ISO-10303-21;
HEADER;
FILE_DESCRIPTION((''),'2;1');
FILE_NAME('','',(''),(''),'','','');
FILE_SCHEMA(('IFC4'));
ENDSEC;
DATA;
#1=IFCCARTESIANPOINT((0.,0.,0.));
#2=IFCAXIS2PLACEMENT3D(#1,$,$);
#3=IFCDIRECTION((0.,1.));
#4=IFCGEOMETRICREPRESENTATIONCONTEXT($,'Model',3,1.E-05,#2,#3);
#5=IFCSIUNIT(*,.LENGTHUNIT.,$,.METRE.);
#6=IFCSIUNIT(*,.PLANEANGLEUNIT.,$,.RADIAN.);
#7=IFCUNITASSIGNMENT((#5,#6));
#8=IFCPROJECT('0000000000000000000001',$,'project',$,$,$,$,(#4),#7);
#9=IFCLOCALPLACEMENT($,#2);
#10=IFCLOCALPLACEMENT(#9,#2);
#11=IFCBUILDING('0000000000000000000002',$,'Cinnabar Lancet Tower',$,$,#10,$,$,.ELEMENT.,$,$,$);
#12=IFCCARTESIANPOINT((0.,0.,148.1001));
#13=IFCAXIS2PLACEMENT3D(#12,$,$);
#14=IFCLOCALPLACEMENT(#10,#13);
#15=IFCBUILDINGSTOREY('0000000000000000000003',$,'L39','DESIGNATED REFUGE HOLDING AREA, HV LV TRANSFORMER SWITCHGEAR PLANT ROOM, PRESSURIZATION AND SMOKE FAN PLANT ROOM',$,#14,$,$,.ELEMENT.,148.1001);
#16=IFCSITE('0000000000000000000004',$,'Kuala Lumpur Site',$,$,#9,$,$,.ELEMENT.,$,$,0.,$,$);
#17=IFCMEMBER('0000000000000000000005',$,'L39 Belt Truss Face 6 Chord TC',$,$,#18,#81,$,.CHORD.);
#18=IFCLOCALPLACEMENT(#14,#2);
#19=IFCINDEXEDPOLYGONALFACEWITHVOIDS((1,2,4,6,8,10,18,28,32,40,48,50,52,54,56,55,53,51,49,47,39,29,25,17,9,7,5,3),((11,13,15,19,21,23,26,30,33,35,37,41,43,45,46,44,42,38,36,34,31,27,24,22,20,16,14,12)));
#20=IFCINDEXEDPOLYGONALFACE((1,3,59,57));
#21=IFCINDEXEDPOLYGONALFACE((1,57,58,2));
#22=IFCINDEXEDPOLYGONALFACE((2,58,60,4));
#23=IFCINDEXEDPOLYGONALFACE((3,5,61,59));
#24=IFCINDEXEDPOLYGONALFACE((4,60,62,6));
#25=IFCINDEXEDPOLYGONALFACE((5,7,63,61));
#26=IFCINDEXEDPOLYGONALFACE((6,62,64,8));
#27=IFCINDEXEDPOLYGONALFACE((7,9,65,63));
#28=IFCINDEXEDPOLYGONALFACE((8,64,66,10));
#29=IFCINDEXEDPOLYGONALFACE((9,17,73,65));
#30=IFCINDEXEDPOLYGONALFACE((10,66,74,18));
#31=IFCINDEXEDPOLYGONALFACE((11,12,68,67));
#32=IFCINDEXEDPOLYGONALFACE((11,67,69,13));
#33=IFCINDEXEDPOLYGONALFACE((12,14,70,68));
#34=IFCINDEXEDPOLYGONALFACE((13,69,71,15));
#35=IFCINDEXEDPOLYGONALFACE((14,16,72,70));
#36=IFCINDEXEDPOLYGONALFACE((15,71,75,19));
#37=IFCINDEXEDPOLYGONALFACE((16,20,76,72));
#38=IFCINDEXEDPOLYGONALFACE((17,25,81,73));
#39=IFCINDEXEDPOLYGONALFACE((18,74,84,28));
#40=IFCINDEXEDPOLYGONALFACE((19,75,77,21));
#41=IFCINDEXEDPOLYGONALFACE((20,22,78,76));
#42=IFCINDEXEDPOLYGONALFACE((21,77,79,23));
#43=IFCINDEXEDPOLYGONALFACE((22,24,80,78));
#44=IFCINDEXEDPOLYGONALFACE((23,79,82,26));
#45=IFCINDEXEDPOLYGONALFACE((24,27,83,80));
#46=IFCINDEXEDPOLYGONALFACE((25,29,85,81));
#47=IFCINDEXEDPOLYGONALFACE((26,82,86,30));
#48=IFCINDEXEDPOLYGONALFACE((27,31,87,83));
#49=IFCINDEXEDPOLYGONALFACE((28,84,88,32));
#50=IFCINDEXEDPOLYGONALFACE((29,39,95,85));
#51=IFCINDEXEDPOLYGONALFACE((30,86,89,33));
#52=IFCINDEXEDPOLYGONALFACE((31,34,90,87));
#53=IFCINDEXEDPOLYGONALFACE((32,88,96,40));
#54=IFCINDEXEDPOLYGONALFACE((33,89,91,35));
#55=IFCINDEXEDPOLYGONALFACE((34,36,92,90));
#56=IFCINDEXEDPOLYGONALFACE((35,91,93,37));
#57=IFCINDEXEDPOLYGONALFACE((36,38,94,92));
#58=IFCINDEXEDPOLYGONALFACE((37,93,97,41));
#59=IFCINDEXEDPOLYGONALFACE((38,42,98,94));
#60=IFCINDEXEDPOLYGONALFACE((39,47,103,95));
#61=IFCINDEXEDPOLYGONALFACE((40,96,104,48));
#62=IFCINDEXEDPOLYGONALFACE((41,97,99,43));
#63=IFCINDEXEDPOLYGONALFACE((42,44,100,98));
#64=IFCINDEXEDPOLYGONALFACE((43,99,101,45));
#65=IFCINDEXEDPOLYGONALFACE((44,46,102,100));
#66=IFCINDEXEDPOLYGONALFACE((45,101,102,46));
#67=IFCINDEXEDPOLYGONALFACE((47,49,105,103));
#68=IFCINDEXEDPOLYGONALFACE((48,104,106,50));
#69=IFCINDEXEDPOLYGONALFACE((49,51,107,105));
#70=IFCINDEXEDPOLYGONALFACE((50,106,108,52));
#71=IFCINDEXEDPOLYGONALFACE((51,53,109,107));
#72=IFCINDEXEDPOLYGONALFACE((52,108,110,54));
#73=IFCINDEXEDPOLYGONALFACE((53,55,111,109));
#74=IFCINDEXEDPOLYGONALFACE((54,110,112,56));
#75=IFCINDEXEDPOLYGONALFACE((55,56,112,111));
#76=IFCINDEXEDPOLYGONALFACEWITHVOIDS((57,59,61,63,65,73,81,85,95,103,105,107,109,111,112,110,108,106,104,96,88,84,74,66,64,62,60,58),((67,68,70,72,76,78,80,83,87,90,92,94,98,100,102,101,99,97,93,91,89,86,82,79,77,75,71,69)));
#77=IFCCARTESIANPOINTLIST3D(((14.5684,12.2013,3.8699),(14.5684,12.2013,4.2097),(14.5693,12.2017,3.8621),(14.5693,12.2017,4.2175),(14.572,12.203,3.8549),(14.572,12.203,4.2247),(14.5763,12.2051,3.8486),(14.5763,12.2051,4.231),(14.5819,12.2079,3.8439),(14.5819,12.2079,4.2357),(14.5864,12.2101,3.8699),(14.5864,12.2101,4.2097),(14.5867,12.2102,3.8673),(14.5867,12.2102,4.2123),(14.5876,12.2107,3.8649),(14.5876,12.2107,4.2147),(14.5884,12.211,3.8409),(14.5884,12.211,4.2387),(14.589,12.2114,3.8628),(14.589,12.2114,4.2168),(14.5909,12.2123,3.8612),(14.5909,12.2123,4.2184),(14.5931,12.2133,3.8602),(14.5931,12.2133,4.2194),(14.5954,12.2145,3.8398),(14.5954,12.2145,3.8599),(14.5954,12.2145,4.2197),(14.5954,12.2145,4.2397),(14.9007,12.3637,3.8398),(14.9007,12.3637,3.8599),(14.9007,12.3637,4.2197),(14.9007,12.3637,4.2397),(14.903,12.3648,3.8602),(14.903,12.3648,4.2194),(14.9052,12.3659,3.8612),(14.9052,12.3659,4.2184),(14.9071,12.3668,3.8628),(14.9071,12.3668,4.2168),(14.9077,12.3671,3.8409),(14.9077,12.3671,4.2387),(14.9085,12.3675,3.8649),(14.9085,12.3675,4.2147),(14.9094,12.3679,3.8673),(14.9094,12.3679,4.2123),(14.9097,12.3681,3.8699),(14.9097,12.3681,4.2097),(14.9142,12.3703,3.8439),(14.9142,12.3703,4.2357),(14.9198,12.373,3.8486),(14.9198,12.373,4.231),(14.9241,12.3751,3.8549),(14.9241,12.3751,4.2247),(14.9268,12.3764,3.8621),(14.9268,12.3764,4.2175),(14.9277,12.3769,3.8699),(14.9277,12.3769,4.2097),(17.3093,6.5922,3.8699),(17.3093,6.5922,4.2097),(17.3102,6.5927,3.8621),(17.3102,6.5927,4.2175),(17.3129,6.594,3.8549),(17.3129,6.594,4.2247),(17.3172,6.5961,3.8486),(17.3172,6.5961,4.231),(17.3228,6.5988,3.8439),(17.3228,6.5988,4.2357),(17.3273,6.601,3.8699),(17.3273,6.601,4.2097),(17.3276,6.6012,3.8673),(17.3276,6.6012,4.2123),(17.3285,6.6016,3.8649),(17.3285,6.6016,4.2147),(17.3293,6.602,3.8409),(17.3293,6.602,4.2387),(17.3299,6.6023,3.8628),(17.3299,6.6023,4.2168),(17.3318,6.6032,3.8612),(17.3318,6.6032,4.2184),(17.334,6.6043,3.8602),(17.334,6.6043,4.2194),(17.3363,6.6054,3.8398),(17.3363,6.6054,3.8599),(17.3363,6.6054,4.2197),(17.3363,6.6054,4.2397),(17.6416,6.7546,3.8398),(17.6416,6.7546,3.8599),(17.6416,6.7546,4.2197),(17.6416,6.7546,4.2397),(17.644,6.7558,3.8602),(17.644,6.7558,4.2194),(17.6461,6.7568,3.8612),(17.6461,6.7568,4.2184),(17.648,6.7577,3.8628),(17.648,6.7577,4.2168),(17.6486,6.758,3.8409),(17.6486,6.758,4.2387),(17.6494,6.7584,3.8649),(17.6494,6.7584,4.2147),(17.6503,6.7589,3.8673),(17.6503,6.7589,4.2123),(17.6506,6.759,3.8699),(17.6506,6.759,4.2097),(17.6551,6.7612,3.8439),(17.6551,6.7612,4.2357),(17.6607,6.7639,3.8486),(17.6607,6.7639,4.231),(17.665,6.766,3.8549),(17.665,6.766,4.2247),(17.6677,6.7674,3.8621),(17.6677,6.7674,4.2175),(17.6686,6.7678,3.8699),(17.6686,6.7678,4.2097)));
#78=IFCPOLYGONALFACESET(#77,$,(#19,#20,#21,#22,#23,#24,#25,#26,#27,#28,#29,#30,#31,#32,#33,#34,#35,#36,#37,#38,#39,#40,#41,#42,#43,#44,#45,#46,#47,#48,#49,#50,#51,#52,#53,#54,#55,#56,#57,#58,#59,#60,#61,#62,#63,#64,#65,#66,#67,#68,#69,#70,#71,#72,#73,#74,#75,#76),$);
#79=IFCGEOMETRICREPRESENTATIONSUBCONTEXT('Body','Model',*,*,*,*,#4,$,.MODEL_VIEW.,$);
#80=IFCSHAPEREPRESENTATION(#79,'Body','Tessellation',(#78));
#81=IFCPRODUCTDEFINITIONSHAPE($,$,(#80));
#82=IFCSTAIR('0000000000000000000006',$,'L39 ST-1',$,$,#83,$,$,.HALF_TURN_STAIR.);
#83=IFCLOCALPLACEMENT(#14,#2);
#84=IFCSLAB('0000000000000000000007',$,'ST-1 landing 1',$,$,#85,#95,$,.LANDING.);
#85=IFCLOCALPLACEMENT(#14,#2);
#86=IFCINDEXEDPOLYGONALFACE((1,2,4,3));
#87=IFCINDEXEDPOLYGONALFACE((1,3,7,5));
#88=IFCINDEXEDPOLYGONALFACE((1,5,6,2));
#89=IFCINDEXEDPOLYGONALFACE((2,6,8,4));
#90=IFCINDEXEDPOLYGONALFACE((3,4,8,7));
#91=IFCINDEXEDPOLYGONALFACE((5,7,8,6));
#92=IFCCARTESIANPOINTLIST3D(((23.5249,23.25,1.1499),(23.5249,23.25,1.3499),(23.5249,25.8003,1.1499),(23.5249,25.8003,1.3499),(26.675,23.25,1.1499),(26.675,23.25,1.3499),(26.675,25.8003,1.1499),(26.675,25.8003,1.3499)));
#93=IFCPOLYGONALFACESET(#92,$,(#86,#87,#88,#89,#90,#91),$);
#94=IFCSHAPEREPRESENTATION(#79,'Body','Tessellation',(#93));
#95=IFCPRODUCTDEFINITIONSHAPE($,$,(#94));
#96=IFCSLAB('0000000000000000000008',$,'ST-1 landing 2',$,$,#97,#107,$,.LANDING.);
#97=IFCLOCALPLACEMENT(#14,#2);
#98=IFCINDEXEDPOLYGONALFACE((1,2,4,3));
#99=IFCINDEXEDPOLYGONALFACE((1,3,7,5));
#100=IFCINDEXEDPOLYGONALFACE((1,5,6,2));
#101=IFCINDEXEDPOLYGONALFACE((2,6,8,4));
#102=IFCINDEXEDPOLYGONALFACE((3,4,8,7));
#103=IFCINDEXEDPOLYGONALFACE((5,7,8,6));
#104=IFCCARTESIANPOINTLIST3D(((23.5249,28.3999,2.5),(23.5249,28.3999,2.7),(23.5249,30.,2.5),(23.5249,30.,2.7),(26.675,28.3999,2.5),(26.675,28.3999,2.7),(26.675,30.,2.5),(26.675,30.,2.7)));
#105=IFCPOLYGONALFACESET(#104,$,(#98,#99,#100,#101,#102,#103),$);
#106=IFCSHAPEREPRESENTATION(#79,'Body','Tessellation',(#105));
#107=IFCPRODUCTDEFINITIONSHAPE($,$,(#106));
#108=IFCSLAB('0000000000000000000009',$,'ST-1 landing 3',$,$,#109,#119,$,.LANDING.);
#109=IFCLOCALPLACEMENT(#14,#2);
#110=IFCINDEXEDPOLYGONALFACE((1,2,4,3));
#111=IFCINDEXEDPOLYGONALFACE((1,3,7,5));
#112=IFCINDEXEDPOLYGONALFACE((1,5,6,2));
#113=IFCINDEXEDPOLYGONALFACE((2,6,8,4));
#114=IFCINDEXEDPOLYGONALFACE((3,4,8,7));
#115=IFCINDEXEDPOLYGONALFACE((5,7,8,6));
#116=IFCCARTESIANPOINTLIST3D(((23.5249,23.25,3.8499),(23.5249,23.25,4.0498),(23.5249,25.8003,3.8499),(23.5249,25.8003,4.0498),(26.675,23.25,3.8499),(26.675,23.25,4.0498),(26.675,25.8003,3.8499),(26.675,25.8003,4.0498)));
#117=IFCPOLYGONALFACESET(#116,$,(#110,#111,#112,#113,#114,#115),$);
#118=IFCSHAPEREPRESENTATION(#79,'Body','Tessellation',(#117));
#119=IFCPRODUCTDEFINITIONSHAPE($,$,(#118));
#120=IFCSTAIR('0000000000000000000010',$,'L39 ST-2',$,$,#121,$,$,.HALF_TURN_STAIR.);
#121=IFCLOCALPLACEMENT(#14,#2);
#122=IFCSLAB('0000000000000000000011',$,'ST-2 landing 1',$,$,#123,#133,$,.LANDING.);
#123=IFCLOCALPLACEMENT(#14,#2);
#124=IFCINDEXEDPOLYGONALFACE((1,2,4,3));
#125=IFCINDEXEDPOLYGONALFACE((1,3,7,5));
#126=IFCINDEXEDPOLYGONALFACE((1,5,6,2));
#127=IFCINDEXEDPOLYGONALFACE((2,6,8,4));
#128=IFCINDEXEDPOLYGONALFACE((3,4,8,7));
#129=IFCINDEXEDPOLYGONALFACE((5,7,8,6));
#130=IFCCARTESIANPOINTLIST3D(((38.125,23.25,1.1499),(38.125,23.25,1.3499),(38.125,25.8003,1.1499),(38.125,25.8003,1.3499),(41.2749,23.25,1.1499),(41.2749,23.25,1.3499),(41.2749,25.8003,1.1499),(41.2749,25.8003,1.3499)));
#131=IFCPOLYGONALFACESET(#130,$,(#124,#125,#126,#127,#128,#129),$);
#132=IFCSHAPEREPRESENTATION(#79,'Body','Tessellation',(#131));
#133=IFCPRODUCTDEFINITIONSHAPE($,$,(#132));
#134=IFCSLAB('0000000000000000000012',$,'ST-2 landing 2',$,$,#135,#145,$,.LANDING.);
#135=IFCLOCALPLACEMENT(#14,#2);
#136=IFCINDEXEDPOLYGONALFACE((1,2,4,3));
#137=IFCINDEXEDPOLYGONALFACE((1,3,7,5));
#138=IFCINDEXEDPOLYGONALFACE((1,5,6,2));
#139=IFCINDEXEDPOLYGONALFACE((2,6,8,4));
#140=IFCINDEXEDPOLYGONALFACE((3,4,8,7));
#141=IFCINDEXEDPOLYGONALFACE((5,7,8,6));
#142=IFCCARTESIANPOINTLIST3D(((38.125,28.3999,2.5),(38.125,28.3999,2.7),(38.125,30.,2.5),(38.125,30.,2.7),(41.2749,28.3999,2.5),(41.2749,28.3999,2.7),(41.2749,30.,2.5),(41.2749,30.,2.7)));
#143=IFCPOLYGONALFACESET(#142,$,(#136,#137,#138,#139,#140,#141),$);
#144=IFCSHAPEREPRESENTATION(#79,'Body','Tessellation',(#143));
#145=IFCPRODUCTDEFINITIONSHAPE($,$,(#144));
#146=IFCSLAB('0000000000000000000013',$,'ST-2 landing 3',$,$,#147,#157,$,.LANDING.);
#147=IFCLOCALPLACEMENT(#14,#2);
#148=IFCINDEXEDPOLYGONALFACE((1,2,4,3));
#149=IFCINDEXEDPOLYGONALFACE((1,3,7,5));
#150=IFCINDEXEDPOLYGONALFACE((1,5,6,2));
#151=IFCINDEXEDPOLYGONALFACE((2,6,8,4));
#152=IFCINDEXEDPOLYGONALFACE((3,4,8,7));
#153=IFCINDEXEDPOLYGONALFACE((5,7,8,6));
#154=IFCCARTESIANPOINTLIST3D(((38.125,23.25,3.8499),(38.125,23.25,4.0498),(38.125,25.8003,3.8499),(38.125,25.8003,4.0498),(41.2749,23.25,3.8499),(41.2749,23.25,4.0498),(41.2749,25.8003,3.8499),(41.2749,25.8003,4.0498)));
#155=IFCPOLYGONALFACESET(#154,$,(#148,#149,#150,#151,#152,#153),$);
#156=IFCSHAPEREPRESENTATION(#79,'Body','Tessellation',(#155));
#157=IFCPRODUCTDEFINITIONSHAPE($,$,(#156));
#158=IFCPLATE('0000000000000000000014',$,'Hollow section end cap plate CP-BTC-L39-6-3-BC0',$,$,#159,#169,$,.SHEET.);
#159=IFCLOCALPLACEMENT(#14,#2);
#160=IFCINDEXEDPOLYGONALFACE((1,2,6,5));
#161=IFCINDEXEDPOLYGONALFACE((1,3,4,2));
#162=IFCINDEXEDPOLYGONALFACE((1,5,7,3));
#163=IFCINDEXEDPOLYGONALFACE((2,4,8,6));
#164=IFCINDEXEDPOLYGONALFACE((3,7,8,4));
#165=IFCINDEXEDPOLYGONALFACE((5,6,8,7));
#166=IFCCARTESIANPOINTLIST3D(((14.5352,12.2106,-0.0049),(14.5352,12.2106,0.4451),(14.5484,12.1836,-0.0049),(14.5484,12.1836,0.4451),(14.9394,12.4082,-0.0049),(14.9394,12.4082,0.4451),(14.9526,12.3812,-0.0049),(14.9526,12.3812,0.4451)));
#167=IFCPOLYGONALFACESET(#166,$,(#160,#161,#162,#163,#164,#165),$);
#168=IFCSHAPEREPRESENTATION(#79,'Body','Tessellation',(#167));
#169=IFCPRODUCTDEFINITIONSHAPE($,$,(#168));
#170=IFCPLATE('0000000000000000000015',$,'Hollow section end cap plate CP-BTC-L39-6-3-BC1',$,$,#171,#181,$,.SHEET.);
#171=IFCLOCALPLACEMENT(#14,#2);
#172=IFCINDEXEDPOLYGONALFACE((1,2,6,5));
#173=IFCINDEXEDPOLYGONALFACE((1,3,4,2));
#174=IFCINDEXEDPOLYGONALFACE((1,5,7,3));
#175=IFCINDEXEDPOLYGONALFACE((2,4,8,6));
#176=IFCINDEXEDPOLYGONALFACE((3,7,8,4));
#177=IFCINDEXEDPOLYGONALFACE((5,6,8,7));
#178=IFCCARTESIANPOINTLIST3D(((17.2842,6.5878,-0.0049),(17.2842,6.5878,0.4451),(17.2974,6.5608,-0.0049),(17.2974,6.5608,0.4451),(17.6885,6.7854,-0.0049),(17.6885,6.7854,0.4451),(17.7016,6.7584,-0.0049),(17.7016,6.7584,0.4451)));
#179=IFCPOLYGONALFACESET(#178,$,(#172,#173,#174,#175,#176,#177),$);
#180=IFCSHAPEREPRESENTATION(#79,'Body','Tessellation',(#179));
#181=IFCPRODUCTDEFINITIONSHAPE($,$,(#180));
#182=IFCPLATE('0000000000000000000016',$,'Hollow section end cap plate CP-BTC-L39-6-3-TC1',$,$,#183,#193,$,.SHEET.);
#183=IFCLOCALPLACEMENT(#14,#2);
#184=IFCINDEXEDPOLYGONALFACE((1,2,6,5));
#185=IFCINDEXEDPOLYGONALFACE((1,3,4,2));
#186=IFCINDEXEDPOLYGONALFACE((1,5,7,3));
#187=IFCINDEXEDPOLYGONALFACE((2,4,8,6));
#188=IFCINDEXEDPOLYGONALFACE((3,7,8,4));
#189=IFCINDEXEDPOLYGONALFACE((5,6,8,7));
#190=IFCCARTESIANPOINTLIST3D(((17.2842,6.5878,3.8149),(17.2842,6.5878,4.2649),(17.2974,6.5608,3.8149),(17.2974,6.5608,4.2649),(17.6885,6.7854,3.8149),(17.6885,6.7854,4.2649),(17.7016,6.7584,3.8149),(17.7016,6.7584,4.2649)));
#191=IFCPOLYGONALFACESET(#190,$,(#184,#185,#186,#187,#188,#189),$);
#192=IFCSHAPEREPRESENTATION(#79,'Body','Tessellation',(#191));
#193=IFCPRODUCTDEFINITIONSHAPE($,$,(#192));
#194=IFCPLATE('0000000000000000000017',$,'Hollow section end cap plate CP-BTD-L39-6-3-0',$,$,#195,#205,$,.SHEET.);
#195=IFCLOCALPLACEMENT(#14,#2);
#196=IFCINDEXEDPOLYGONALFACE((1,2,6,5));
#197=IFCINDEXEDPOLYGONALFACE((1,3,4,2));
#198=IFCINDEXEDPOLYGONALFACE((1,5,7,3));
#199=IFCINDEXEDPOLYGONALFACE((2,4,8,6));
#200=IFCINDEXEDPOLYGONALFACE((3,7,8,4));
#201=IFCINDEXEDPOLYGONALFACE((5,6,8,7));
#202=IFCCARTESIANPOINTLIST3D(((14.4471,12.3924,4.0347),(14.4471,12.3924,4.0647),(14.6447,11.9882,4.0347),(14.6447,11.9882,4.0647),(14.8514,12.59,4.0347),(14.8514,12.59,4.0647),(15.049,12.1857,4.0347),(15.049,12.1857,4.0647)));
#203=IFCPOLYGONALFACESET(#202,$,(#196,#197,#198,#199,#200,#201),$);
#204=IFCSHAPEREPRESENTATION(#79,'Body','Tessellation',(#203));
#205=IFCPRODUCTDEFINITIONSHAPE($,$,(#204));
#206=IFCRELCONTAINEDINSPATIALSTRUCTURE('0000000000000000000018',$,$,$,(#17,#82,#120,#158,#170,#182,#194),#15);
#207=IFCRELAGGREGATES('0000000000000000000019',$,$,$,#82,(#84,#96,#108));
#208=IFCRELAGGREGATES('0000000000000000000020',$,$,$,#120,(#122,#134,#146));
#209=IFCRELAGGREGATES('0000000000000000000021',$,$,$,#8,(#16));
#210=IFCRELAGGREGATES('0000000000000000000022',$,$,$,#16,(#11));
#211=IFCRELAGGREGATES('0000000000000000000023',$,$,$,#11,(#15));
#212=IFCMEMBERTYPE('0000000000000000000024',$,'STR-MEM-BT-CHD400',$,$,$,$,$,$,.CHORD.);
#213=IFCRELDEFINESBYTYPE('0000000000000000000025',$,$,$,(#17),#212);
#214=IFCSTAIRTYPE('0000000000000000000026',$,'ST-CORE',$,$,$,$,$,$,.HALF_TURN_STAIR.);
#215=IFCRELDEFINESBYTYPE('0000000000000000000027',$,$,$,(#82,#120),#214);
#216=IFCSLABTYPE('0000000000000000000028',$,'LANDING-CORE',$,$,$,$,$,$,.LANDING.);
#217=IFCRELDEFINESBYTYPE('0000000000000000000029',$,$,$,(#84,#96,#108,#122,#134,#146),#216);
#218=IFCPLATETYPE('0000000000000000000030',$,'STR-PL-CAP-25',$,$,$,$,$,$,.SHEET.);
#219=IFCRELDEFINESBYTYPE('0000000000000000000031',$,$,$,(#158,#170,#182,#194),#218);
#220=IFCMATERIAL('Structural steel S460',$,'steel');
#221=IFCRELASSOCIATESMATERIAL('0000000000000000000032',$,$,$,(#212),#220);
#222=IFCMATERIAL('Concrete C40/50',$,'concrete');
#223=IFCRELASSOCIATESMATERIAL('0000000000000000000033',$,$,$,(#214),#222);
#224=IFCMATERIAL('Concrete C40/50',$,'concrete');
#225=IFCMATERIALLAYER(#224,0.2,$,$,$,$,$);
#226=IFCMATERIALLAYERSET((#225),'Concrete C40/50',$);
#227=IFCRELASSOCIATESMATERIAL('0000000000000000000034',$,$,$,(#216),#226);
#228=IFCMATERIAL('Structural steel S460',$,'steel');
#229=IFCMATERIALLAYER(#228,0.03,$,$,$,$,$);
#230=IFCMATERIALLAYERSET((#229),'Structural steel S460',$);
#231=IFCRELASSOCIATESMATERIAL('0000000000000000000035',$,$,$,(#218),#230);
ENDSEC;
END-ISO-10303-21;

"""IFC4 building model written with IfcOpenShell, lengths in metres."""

from ifc_helpers import new_model, si_unit, direction, frame, origin, origin_2d, place, context, subcontext, project, spatial, polyline, rectangle, hollow_rectangle, outline, extrude, material, layer, layer_set, material_profile, profile_set, type_object, element, aggregate, save


model = new_model("IFC4")

# Units and contexts
model_context = context("Model", 3, precision=1e-05, world=origin(), true_north=direction((0.0, 1.0)))
body_context = subcontext(model_context, "Body", "Model", "MODEL_VIEW")
ifc_project = project(units=[si_unit("LENGTHUNIT", "METRE"), si_unit("PLANEANGLEUNIT", "RADIAN")], contexts=[model_context])

# Site, building, storey
site_placement = place(None, origin())
site = spatial("IfcSite", under=ifc_project, at=site_placement, Name="Kuala Lumpur Site", CompositionType="ELEMENT", RefElevation=0.0)
building_placement = place(site_placement, origin())
building = spatial("IfcBuilding", under=site, at=building_placement, Name="Cinnabar Lancet Tower", CompositionType="ELEMENT")
storey_placement = place(building_placement, frame((0.0, 0.0, 148.1001)))
storey = spatial("IfcBuildingStorey", under=building, at=storey_placement, Name="L39", Description="DESIGNATED REFUGE HOLDING AREA, HV LV TRANSFORMER SWITCHGEAR PLANT ROOM, PRESSURIZATION AND SMOKE FAN PLANT ROOM", CompositionType="ELEMENT", Elevation=148.1001)

# Member
ifc_material_1 = material(Name="Structural steel S460", Category="steel")
ifc_material_profile_1 = material_profile(ifc_material_1, hollow_rectangle(XDim=0.3999, YDim=0.3999, WallThickness=0.02, InnerFilletRadius=0.01, OuterFilletRadius=0.03, at=origin_2d()), Name="SHS 400x400x20")
ifc_profile_set_1 = profile_set([ifc_material_profile_1], Name="Structural steel S460")
member_type_1 = type_object("IfcMemberType", Name="STR-MEM-BT-CHD400", PredefinedType="CHORD", material=ifc_profile_set_1)
for number, where, z_axis, x_axis, name in (
    (1, (14.748, 12.2891, 4.0398), (0.439045, -0.898465, 0.0), (0.898465, 0.439045, 0.0), "L39 Belt Truss Face 6 Chord TC"),
):
    element("IfcMember", number, at=place(storey_placement, frame(where, z_axis=z_axis, x_axis=x_axis)), inside=storey, type_object=member_type_1, Name=name, PredefinedType="CHORD", context=body_context, shape_type="SweptSolid", body=[
        extrude(hollow_rectangle(XDim=0.3999, YDim=0.3999, WallThickness=0.02, InnerFilletRadius=0.01, OuterFilletRadius=0.03, at=origin_2d()), origin(), (0.0, 0.0, 1.0), 6.2429),
    ])

# Stairs, slabs
ifc_material_2 = material(Name="Concrete C40/50", Category="concrete")
stair_type = type_object("IfcStairType", Name="ST-CORE", PredefinedType="HALF_TURN_STAIR", material=ifc_material_2)
stair_1_placement = place(storey_placement, origin())
stair_1 = element("IfcStair", 2, at=stair_1_placement, inside=storey, type_object=stair_type, Name="L39 ST-1", PredefinedType="HALF_TURN_STAIR")
ifc_material_3 = material(Name="Concrete C40/50", Category="concrete")
ifc_layer_1 = layer(ifc_material_3, 0.2)
ifc_layer_set_1 = layer_set([ifc_layer_1], Name="Concrete C40/50")
slab_type_1 = type_object("IfcSlabType", Name="LANDING-CORE", PredefinedType="LANDING", material=ifc_layer_set_1)
slab_1_placement = place(storey_placement, frame((0.0, 0.0, 1.1499)))
slab_1 = element("IfcSlab", 3, at=slab_1_placement, type_object=slab_type_1, Name="ST-1 landing 1", PredefinedType="LANDING", context=body_context, shape_type="SweptSolid", body=[
    extrude(outline(polyline([(23.5249, 25.8003), (23.5249, 23.25), (26.675, 23.25), (26.675, 25.8003), (23.5249, 25.8003)])), origin(), (0.0, 0.0, 1.0), 0.2),
])
slab_2_placement = place(storey_placement, frame((0.0, 0.0, 2.5)))
slab_2 = element("IfcSlab", 4, at=slab_2_placement, type_object=slab_type_1, Name="ST-1 landing 2", PredefinedType="LANDING", context=body_context, shape_type="SweptSolid", body=[
    extrude(outline(polyline([(23.5249, 30.0), (23.5249, 28.3999), (26.675, 28.3999), (26.675, 30.0), (23.5249, 30.0)])), origin(), (0.0, 0.0, 1.0), 0.2),
])
slab_3_placement = place(storey_placement, frame((0.0, 0.0, 3.8499)))
slab_3 = element("IfcSlab", 5, at=slab_3_placement, type_object=slab_type_1, Name="ST-1 landing 3", PredefinedType="LANDING", context=body_context, shape_type="SweptSolid", body=[
    extrude(outline(polyline([(23.5249, 25.8003), (23.5249, 23.25), (26.675, 23.25), (26.675, 25.8003), (23.5249, 25.8003)])), origin(), (0.0, 0.0, 1.0), 0.2),
])
aggregate(stair_1, [slab_1, slab_2, slab_3])
stair_2_placement = place(storey_placement, origin())
stair_2 = element("IfcStair", 6, at=stair_2_placement, inside=storey, type_object=stair_type, Name="L39 ST-2", PredefinedType="HALF_TURN_STAIR")
slab_4_placement = place(storey_placement, frame((0.0, 0.0, 1.1499)))
slab_4 = element("IfcSlab", 7, at=slab_4_placement, type_object=slab_type_1, Name="ST-2 landing 1", PredefinedType="LANDING", context=body_context, shape_type="SweptSolid", body=[
    extrude(outline(polyline([(38.125, 25.8003), (38.125, 23.25), (41.2749, 23.25), (41.2749, 25.8003), (38.125, 25.8003)])), origin(), (0.0, 0.0, 1.0), 0.2),
])
slab_5_placement = place(storey_placement, frame((0.0, 0.0, 2.5)))
slab_5 = element("IfcSlab", 8, at=slab_5_placement, type_object=slab_type_1, Name="ST-2 landing 2", PredefinedType="LANDING", context=body_context, shape_type="SweptSolid", body=[
    extrude(outline(polyline([(38.125, 30.0), (38.125, 28.3999), (41.2749, 28.3999), (41.2749, 30.0), (38.125, 30.0)])), origin(), (0.0, 0.0, 1.0), 0.2),
])
slab_6_placement = place(storey_placement, frame((0.0, 0.0, 3.8499)))
slab_6 = element("IfcSlab", 9, at=slab_6_placement, type_object=slab_type_1, Name="ST-2 landing 3", PredefinedType="LANDING", context=body_context, shape_type="SweptSolid", body=[
    extrude(outline(polyline([(38.125, 25.8003), (38.125, 23.25), (41.2749, 23.25), (41.2749, 25.8003), (38.125, 25.8003)])), origin(), (0.0, 0.0, 1.0), 0.2),
])
aggregate(stair_2, [slab_4, slab_5, slab_6])

# Plates
ifc_material_4 = material(Name="Structural steel S460", Category="steel")
ifc_layer_2 = layer(ifc_material_4, 0.03)
ifc_layer_set_2 = layer_set([ifc_layer_2], Name="Structural steel S460")
plate_type = type_object("IfcPlateType", Name="STR-PL-CAP-25", PredefinedType="SHEET", material=ifc_layer_set_2)
for number, where, z_axis, x_axis, name in (
    (10, (14.7439, 12.2959, -0.0049), (0.0, 0.0, 1.0), (-0.439061, 0.898457, 0.0), "Hollow section end cap plate CP-BTC-L39-6-3-BC0"),
    (11, (17.4929, 6.6731, -0.0049), (0.0, 0.0, 1.0), (0.439061, -0.898457, 0.0), "Hollow section end cap plate CP-BTC-L39-6-3-BC1"),
    (12, (17.4929, 6.6731, 3.8149), (0.0, 0.0, 1.0), (0.439061, -0.898457, 0.0), "Hollow section end cap plate CP-BTC-L39-6-3-TC1"),
):
    element("IfcPlate", number, at=place(storey_placement, frame(where, z_axis=z_axis, x_axis=x_axis)), inside=storey, type_object=plate_type, Name=name, PredefinedType="SHEET", context=body_context, shape_type="SweptSolid", body=[
        extrude(rectangle(XDim=0.03, YDim=0.45, at=origin_2d()), origin(), (0.0, 0.0, 1.0), 0.45),
    ])
for number, where, z_axis, x_axis, name in (
    (13, (14.748, 12.2891, 4.0347), (0.0, 0.0, 1.0), (-0.439061, 0.898457, 0.0), "Hollow section end cap plate CP-BTD-L39-6-3-0"),
):
    element("IfcPlate", number, at=place(storey_placement, frame(where, z_axis=z_axis, x_axis=x_axis)), inside=storey, type_object=plate_type, Name=name, PredefinedType="SHEET", context=body_context, shape_type="SweptSolid", body=[
        extrude(rectangle(XDim=0.45, YDim=0.45, at=origin_2d()), origin(), (0.0, 0.0, 1.0), 0.03),
    ])

save(model, "model.ifc")
